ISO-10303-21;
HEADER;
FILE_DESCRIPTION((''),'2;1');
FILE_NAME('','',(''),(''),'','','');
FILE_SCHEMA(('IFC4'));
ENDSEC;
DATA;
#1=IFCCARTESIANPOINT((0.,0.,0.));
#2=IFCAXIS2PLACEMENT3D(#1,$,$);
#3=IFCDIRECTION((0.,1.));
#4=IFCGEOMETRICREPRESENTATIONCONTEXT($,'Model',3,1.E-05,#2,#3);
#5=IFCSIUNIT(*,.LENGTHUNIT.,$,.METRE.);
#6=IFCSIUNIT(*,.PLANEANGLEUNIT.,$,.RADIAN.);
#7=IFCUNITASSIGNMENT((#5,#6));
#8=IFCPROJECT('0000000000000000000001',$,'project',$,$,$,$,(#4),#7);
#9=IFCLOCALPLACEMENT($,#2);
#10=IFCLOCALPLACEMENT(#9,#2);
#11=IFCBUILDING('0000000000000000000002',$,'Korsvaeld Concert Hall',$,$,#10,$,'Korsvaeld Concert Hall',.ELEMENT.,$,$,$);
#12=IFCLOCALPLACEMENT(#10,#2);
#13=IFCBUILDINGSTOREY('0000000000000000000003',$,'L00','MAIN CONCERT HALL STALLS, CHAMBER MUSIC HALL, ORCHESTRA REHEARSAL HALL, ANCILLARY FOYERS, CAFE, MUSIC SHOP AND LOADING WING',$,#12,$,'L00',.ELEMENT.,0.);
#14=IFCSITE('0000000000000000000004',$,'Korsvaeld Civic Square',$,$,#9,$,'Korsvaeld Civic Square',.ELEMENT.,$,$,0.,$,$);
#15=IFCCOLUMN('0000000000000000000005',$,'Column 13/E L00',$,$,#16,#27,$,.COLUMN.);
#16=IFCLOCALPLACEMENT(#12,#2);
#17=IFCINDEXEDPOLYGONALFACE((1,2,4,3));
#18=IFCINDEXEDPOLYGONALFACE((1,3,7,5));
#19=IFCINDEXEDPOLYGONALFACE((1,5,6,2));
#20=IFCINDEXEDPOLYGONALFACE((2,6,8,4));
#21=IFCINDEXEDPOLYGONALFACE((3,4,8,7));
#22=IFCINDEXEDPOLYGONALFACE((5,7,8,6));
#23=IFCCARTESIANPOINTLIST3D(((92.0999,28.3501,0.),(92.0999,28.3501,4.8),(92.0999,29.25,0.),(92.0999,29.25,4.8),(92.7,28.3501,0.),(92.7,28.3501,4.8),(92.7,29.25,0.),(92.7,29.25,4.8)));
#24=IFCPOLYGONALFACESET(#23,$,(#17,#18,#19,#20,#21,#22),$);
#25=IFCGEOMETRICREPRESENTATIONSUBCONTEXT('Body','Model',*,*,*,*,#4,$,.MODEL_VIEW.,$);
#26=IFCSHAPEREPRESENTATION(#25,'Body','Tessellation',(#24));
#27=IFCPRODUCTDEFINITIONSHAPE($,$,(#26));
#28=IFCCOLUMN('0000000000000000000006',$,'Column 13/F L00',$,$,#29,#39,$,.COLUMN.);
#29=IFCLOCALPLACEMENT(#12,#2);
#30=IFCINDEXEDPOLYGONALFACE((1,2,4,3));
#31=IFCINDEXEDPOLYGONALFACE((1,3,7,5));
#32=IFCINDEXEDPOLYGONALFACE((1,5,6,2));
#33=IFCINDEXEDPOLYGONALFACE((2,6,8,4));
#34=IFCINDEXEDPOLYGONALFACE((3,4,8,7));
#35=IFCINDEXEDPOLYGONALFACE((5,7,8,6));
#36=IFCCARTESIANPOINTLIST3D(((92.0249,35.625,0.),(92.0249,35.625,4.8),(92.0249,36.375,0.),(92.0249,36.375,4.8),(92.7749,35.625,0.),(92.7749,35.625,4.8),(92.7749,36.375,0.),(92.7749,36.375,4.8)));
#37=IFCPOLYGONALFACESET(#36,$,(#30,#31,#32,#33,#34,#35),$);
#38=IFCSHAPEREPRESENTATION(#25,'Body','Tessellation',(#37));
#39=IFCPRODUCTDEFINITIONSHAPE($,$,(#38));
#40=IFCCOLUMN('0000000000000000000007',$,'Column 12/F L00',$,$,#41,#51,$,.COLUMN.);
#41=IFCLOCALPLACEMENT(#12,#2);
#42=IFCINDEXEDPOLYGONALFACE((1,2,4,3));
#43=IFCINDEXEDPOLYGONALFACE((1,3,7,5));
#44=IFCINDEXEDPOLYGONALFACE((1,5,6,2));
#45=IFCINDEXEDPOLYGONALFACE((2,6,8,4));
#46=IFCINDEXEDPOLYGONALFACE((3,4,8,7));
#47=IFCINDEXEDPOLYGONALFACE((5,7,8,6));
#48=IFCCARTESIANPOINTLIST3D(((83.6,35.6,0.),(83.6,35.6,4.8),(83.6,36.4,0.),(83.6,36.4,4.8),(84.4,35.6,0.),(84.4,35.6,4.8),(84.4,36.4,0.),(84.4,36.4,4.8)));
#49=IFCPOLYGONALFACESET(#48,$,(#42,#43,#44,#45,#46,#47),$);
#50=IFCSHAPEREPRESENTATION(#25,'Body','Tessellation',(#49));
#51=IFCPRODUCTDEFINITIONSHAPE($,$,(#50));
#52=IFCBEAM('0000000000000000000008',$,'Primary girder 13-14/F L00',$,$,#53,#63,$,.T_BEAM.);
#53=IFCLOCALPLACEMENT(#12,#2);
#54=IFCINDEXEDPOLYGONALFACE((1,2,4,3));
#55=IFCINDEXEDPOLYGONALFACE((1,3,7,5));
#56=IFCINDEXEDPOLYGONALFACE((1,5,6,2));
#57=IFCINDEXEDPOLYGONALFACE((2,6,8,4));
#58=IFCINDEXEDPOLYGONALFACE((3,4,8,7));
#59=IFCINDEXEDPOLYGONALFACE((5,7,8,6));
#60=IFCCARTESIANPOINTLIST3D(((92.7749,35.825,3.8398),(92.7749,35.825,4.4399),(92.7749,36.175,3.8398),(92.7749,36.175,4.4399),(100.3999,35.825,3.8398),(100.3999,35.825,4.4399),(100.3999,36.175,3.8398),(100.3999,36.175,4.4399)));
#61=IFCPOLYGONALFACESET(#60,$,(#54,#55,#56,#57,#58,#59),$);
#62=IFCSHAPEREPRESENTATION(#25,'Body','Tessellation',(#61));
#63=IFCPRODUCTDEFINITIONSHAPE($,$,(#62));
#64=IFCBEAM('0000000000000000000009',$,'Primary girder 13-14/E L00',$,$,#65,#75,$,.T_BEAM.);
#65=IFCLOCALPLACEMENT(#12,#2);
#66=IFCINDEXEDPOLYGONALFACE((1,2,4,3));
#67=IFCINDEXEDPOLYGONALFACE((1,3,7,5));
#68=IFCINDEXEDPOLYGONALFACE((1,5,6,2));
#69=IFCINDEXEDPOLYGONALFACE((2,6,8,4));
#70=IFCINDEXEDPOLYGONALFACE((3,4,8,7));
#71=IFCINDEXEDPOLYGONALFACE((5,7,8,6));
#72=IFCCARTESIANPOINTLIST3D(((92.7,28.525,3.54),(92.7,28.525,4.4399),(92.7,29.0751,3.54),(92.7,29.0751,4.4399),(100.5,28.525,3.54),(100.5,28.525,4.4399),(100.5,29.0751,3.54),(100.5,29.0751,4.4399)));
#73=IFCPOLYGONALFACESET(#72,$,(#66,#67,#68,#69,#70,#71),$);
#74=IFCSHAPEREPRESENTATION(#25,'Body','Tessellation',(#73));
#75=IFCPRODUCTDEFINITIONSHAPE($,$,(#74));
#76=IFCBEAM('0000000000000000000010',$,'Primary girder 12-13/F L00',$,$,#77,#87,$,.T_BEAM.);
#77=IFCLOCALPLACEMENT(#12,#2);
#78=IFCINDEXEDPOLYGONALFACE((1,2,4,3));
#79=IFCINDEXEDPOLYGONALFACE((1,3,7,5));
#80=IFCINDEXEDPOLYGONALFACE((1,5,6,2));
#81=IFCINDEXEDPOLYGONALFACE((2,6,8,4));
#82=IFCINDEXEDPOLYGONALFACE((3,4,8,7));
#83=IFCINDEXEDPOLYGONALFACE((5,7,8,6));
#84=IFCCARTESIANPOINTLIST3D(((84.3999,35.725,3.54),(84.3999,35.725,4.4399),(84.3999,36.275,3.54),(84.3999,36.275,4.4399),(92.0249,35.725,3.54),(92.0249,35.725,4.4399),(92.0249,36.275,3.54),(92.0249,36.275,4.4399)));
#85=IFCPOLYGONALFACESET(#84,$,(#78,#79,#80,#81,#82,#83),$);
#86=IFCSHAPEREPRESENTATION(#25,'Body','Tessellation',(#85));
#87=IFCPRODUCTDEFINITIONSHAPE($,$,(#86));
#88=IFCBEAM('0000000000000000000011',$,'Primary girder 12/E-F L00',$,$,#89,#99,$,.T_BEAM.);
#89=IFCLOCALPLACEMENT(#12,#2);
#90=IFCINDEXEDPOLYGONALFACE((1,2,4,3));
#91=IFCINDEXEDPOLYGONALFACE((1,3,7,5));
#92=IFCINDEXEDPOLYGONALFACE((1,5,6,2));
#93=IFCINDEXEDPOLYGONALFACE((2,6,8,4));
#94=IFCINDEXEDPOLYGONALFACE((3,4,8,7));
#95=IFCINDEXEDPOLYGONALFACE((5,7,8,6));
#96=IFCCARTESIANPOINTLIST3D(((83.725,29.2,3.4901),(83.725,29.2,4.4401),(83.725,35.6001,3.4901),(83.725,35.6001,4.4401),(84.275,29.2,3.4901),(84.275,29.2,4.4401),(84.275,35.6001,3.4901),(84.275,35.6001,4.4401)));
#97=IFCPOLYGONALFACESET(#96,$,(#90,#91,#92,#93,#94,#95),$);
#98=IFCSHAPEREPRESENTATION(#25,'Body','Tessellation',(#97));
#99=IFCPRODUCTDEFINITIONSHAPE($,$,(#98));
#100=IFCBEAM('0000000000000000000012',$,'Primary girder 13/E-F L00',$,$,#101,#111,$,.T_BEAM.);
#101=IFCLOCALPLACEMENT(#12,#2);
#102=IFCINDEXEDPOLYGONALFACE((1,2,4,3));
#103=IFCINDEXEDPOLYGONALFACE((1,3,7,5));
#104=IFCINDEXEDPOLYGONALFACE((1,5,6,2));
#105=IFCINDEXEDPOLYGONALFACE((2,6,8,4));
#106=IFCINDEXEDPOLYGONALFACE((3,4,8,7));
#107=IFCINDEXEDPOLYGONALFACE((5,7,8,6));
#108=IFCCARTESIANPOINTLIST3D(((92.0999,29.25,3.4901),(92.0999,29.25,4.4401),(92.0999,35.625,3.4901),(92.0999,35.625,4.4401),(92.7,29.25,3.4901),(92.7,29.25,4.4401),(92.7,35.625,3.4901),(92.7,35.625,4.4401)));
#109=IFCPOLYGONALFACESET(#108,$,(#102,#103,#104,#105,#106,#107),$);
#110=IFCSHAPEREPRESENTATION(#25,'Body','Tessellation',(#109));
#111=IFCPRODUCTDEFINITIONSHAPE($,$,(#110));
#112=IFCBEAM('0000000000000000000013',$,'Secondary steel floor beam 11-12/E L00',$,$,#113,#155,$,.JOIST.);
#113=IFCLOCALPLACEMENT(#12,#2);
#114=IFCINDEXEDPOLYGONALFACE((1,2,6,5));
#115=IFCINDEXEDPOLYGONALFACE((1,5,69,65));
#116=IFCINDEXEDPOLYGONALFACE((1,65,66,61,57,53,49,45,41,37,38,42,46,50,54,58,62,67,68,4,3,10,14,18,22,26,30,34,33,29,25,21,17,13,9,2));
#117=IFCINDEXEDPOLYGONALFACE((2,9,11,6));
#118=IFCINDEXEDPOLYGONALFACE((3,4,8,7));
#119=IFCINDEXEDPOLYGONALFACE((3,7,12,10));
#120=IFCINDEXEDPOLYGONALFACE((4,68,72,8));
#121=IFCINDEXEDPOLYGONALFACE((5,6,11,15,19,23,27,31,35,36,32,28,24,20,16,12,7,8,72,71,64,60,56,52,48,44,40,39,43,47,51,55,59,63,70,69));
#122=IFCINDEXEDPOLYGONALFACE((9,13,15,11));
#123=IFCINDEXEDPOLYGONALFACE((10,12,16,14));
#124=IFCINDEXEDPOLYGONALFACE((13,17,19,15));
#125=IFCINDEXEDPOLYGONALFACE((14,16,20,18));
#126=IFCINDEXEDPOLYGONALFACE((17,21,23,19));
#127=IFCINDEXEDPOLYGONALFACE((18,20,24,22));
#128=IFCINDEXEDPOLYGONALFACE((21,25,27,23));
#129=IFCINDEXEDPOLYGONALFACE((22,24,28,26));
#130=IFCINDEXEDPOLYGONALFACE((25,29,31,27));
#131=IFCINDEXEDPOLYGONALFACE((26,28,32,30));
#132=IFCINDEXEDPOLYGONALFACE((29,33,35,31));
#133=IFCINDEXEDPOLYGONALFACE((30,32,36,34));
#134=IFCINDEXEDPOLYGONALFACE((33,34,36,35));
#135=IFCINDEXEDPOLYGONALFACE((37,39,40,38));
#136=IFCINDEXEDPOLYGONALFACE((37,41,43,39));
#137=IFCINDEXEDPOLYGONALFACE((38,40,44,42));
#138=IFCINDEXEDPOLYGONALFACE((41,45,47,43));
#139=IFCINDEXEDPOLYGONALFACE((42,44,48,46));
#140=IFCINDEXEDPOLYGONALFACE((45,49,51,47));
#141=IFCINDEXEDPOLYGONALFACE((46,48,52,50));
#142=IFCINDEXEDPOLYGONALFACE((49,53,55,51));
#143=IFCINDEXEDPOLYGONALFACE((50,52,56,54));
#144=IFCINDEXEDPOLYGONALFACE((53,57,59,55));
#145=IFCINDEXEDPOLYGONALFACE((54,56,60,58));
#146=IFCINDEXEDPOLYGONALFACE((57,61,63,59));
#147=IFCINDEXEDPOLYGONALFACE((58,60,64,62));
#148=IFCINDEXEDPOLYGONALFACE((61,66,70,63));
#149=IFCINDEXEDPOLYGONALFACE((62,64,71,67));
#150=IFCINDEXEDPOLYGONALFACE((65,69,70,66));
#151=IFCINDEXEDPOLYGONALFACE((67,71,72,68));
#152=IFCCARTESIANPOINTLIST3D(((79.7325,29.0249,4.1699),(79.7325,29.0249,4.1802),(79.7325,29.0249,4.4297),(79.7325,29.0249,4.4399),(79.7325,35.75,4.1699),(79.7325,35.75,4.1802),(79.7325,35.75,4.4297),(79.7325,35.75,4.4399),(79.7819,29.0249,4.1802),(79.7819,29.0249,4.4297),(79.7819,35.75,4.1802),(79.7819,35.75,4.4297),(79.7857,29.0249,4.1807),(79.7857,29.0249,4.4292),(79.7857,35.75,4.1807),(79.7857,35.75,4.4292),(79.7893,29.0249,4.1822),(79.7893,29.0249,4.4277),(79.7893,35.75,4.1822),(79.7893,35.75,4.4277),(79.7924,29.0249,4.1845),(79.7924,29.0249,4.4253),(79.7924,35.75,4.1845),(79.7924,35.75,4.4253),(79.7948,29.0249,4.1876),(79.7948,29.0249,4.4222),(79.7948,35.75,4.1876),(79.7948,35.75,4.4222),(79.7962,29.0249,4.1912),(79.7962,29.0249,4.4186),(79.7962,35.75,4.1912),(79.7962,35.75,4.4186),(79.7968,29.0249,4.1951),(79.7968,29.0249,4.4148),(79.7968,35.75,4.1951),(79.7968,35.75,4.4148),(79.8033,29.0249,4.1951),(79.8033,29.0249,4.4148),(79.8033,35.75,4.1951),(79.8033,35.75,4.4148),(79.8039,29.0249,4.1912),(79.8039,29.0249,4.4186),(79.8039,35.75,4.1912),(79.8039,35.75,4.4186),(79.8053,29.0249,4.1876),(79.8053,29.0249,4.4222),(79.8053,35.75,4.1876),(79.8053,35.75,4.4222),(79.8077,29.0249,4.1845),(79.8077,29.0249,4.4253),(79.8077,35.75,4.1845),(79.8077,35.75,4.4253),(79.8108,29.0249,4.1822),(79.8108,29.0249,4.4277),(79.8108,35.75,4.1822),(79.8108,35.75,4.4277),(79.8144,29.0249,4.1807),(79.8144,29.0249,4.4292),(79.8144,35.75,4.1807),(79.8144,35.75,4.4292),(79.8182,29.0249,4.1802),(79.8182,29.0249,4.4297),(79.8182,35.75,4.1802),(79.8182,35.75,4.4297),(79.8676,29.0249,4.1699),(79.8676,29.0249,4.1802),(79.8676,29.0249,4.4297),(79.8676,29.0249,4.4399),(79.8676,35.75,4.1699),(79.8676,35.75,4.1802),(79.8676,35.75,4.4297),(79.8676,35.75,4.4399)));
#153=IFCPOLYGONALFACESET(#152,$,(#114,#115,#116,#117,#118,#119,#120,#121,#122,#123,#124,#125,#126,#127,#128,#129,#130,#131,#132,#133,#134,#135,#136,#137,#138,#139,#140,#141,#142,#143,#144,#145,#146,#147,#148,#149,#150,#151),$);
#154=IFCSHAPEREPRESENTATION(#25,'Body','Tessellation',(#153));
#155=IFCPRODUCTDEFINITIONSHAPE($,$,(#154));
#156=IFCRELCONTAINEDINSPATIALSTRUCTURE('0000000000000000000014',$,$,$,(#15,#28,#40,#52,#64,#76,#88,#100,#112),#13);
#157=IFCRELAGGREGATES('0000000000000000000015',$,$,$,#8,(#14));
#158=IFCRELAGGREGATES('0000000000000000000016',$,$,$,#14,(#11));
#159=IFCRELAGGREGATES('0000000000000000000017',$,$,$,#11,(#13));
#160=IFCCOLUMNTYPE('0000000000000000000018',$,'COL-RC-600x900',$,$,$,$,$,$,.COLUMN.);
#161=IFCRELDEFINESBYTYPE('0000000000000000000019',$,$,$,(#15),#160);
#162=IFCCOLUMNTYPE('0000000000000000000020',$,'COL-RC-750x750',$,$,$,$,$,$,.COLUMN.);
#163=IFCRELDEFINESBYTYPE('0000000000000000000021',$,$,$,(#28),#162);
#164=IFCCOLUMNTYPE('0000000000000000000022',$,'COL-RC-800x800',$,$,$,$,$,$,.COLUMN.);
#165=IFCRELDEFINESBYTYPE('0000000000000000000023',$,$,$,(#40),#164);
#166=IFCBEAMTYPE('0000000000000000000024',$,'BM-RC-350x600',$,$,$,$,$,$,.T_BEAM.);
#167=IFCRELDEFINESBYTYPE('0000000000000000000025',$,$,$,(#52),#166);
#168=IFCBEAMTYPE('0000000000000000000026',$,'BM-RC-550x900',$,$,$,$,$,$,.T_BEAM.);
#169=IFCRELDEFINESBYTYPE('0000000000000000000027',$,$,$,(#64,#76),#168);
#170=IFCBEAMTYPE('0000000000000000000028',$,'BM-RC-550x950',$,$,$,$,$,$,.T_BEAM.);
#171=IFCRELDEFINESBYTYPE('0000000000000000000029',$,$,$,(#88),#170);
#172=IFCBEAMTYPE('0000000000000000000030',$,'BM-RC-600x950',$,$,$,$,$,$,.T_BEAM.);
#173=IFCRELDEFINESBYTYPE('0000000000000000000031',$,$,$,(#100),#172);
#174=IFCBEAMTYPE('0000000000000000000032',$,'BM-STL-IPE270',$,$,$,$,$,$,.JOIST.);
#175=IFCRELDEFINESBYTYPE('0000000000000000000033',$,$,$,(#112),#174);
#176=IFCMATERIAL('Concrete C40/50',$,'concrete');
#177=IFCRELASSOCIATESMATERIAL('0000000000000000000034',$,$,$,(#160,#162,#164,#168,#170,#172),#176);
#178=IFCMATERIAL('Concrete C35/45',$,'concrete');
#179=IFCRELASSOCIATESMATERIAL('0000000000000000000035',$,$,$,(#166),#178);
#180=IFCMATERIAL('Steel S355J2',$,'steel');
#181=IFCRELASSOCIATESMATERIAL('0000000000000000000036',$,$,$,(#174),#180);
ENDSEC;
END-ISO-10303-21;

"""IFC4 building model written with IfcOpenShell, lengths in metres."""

from ifc_helpers import new_model, si_unit, direction, frame, origin, origin_2d, place, context, subcontext, project, spatial, rectangle, i_section, extrude, material, material_profile, profile_set, type_object, element, save


model = new_model("IFC4")

# Units and contexts
model_context = context("Model", 3, precision=1e-05, world=origin(), true_north=direction((0.0, 1.0)))
body_context = subcontext(model_context, "Body", "Model", "MODEL_VIEW")
ifc_project = project(units=[si_unit("LENGTHUNIT", "METRE"), si_unit("PLANEANGLEUNIT", "RADIAN")], contexts=[model_context])

# Site, building, storey
site_placement = place(None, origin())
site = spatial("IfcSite", under=ifc_project, at=site_placement, Name="Korsvaeld Civic Square", LongName="Korsvaeld Civic Square", CompositionType="ELEMENT", RefElevation=0.0)
building_placement = place(site_placement, origin())
building = spatial("IfcBuilding", under=site, at=building_placement, Name="Korsvaeld Concert Hall", LongName="Korsvaeld Concert Hall", CompositionType="ELEMENT")
storey_placement = place(building_placement, origin())
storey = spatial("IfcBuildingStorey", under=building, at=storey_placement, Name="L00", Description="MAIN CONCERT HALL STALLS, CHAMBER MUSIC HALL, ORCHESTRA REHEARSAL HALL, ANCILLARY FOYERS, CAFE, MUSIC SHOP AND LOADING WING", LongName="L00", CompositionType="ELEMENT", Elevation=0.0)

# Columns
ifc_material_1 = material(Name="Concrete C40/50", Category="concrete")
ifc_material_profile_1 = material_profile(ifc_material_1, rectangle(XDim=0.6001, YDim=0.8999, at=origin_2d()), Name="RC 600x900")
ifc_profile_set_1 = profile_set([ifc_material_profile_1], Name="Concrete C40/50")
column_type_1 = type_object("IfcColumnType", Name="COL-RC-600x900", PredefinedType="COLUMN", material=ifc_profile_set_1)
column_1_placement = place(storey_placement, frame((92.3999, 28.8, 0.0), z_axis=(0.0, 0.0, 1.0), x_axis=(1.0, 0.0, 0.0)))
element("IfcColumn", 1, at=column_1_placement, inside=storey, type_object=column_type_1, Name="Column 13/E L00", PredefinedType="COLUMN", context=body_context, shape_type="SweptSolid", body=[
    extrude(rectangle(XDim=0.6001, YDim=0.8999, at=origin_2d()), origin(), (0.0, 0.0, 1.0), 4.8),
])
ifc_material_profile_2 = material_profile(ifc_material_1, rectangle(XDim=0.75, YDim=0.75, at=origin_2d()), Name="RC 750x750")
ifc_profile_set_2 = profile_set([ifc_material_profile_2], Name="Concrete C40/50")
column_type_2 = type_object("IfcColumnType", Name="COL-RC-750x750", PredefinedType="COLUMN", material=ifc_profile_set_2)
column_2_placement = place(storey_placement, frame((92.3999, 36.0, 0.0), z_axis=(0.0, 0.0, 1.0), x_axis=(1.0, 0.0, 0.0)))
element("IfcColumn", 2, at=column_2_placement, inside=storey, type_object=column_type_2, Name="Column 13/F L00", PredefinedType="COLUMN", context=body_context, shape_type="SweptSolid", body=[
    extrude(rectangle(XDim=0.75, YDim=0.75, at=origin_2d()), origin(), (0.0, 0.0, 1.0), 4.8),
])
ifc_material_profile_3 = material_profile(ifc_material_1, rectangle(XDim=0.8, YDim=0.8, at=origin_2d()), Name="RC 800x800")
ifc_profile_set_3 = profile_set([ifc_material_profile_3], Name="Concrete C40/50")
column_type_3 = type_object("IfcColumnType", Name="COL-RC-800x800", PredefinedType="COLUMN", material=ifc_profile_set_3)
column_3_placement = place(storey_placement, frame((84.0, 36.0, 0.0), z_axis=(0.0, 0.0, 1.0), x_axis=(1.0, 0.0, 0.0)))
element("IfcColumn", 3, at=column_3_placement, inside=storey, type_object=column_type_3, Name="Column 12/F L00", PredefinedType="COLUMN", context=body_context, shape_type="SweptSolid", body=[
    extrude(rectangle(XDim=0.8, YDim=0.8, at=origin_2d()), origin(), (0.0, 0.0, 1.0), 4.8),
])

# Beams
ifc_material_2 = material(Name="Concrete C35/45", Category="concrete")
ifc_material_profile_4 = material_profile(ifc_material_2, rectangle(XDim=0.3501, YDim=0.6001, at=origin_2d()), Name="RC 350x600")
ifc_profile_set_4 = profile_set([ifc_material_profile_4], Name="Concrete C35/45")
beam_type_1 = type_object("IfcBeamType", Name="BM-RC-350x600", PredefinedType="T_BEAM", material=ifc_profile_set_4)
beam_1_placement = place(storey_placement, frame((92.7749, 36.0, 4.1399), z_axis=(1.0, 0.0, 0.0), x_axis=(0.0, 1.0, 0.0)))
element("IfcBeam", 4, at=beam_1_placement, inside=storey, type_object=beam_type_1, Name="Primary girder 13-14/F L00", PredefinedType="T_BEAM", context=body_context, shape_type="SweptSolid", body=[
    extrude(rectangle(XDim=0.3501, YDim=0.6001, at=origin_2d()), origin(), (0.0, 0.0, 1.0), 7.625),
])
ifc_material_profile_5 = material_profile(ifc_material_1, rectangle(XDim=0.55, YDim=0.8999, at=origin_2d()), Name="RC 550x900")
ifc_profile_set_5 = profile_set([ifc_material_profile_5], Name="Concrete C40/50")
beam_type_2 = type_object("IfcBeamType", Name="BM-RC-550x900", PredefinedType="T_BEAM", material=ifc_profile_set_5)
beam_2_placement = place(storey_placement, frame((92.7, 28.8, 3.99), z_axis=(1.0, 0.0, 0.0), x_axis=(0.0, 1.0, 0.0)))
element("IfcBeam", 5, at=beam_2_placement, inside=storey, type_object=beam_type_2, Name="Primary girder 13-14/E L00", PredefinedType="T_BEAM", context=body_context, shape_type="SweptSolid", body=[
    extrude(rectangle(XDim=0.55, YDim=0.8999, at=origin_2d()), origin(), (0.0, 0.0, 1.0), 7.8),
])
beam_3_placement = place(storey_placement, frame((84.3999, 36.0, 3.99), z_axis=(1.0, 0.0, 0.0), x_axis=(0.0, 1.0, 0.0)))
element("IfcBeam", 6, at=beam_3_placement, inside=storey, type_object=beam_type_2, Name="Primary girder 12-13/F L00", PredefinedType="T_BEAM", context=body_context, shape_type="SweptSolid", body=[
    extrude(rectangle(XDim=0.55, YDim=0.8999, at=origin_2d()), origin(), (0.0, 0.0, 1.0), 7.625),
])
ifc_material_profile_6 = material_profile(ifc_material_1, rectangle(XDim=0.55, YDim=0.95, at=origin_2d()), Name="RC 550x950")
ifc_profile_set_6 = profile_set([ifc_material_profile_6], Name="Concrete C40/50")
beam_type_3 = type_object("IfcBeamType", Name="BM-RC-550x950", PredefinedType="T_BEAM", material=ifc_profile_set_6)
beam_4_placement = place(storey_placement, frame((84.0, 29.2, 3.9651), z_axis=(0.0, 1.0, 0.0), x_axis=(-1.0, 0.0, 0.0)))
element("IfcBeam", 7, at=beam_4_placement, inside=storey, type_object=beam_type_3, Name="Primary girder 12/E-F L00", PredefinedType="T_BEAM", context=body_context, shape_type="SweptSolid", body=[
    extrude(rectangle(XDim=0.55, YDim=0.95, at=origin_2d()), origin(), (0.0, 0.0, 1.0), 6.4001),
])
ifc_material_profile_7 = material_profile(ifc_material_1, rectangle(XDim=0.6001, YDim=0.95, at=origin_2d()), Name="RC 600x950")
ifc_profile_set_7 = profile_set([ifc_material_profile_7], Name="Concrete C40/50")
beam_type_4 = type_object("IfcBeamType", Name="BM-RC-600x950", PredefinedType="T_BEAM", material=ifc_profile_set_7)
beam_5_placement = place(storey_placement, frame((92.3999, 29.25, 3.9651), z_axis=(0.0, 1.0, 0.0), x_axis=(-1.0, 0.0, 0.0)))
element("IfcBeam", 8, at=beam_5_placement, inside=storey, type_object=beam_type_4, Name="Primary girder 13/E-F L00", PredefinedType="T_BEAM", context=body_context, shape_type="SweptSolid", body=[
    extrude(rectangle(XDim=0.6001, YDim=0.95, at=origin_2d()), origin(), (0.0, 0.0, 1.0), 6.375),
])
ifc_material_3 = material(Name="Steel S355J2", Category="steel")
ifc_material_profile_8 = material_profile(ifc_material_3, i_section(OverallWidth=0.135, OverallDepth=0.27, WebThickness=0.0066, FlangeThickness=0.0103, FilletRadius=0.0149, at=origin_2d()), Name="IPE 270")
ifc_profile_set_8 = profile_set([ifc_material_profile_8], Name="Steel S355J2")
beam_type_5 = type_object("IfcBeamType", Name="BM-STL-IPE270", PredefinedType="JOIST", material=ifc_profile_set_8)
beam_6_placement = place(storey_placement, frame((79.8, 29.0249, 4.3049), z_axis=(0.0, 1.0, 0.0), x_axis=(-1.0, 0.0, 0.0)))
element("IfcBeam", 9, at=beam_6_placement, inside=storey, type_object=beam_type_5, Name="Secondary steel floor beam 11-12/E L00", PredefinedType="JOIST", context=body_context, shape_type="SweptSolid", body=[
    extrude(i_section(OverallWidth=0.135, OverallDepth=0.27, WebThickness=0.0066, FlangeThickness=0.0103, FilletRadius=0.0149, at=origin_2d()), origin(), (0.0, 0.0, 1.0), 6.7251),
])

save(model, "model.ifc")
